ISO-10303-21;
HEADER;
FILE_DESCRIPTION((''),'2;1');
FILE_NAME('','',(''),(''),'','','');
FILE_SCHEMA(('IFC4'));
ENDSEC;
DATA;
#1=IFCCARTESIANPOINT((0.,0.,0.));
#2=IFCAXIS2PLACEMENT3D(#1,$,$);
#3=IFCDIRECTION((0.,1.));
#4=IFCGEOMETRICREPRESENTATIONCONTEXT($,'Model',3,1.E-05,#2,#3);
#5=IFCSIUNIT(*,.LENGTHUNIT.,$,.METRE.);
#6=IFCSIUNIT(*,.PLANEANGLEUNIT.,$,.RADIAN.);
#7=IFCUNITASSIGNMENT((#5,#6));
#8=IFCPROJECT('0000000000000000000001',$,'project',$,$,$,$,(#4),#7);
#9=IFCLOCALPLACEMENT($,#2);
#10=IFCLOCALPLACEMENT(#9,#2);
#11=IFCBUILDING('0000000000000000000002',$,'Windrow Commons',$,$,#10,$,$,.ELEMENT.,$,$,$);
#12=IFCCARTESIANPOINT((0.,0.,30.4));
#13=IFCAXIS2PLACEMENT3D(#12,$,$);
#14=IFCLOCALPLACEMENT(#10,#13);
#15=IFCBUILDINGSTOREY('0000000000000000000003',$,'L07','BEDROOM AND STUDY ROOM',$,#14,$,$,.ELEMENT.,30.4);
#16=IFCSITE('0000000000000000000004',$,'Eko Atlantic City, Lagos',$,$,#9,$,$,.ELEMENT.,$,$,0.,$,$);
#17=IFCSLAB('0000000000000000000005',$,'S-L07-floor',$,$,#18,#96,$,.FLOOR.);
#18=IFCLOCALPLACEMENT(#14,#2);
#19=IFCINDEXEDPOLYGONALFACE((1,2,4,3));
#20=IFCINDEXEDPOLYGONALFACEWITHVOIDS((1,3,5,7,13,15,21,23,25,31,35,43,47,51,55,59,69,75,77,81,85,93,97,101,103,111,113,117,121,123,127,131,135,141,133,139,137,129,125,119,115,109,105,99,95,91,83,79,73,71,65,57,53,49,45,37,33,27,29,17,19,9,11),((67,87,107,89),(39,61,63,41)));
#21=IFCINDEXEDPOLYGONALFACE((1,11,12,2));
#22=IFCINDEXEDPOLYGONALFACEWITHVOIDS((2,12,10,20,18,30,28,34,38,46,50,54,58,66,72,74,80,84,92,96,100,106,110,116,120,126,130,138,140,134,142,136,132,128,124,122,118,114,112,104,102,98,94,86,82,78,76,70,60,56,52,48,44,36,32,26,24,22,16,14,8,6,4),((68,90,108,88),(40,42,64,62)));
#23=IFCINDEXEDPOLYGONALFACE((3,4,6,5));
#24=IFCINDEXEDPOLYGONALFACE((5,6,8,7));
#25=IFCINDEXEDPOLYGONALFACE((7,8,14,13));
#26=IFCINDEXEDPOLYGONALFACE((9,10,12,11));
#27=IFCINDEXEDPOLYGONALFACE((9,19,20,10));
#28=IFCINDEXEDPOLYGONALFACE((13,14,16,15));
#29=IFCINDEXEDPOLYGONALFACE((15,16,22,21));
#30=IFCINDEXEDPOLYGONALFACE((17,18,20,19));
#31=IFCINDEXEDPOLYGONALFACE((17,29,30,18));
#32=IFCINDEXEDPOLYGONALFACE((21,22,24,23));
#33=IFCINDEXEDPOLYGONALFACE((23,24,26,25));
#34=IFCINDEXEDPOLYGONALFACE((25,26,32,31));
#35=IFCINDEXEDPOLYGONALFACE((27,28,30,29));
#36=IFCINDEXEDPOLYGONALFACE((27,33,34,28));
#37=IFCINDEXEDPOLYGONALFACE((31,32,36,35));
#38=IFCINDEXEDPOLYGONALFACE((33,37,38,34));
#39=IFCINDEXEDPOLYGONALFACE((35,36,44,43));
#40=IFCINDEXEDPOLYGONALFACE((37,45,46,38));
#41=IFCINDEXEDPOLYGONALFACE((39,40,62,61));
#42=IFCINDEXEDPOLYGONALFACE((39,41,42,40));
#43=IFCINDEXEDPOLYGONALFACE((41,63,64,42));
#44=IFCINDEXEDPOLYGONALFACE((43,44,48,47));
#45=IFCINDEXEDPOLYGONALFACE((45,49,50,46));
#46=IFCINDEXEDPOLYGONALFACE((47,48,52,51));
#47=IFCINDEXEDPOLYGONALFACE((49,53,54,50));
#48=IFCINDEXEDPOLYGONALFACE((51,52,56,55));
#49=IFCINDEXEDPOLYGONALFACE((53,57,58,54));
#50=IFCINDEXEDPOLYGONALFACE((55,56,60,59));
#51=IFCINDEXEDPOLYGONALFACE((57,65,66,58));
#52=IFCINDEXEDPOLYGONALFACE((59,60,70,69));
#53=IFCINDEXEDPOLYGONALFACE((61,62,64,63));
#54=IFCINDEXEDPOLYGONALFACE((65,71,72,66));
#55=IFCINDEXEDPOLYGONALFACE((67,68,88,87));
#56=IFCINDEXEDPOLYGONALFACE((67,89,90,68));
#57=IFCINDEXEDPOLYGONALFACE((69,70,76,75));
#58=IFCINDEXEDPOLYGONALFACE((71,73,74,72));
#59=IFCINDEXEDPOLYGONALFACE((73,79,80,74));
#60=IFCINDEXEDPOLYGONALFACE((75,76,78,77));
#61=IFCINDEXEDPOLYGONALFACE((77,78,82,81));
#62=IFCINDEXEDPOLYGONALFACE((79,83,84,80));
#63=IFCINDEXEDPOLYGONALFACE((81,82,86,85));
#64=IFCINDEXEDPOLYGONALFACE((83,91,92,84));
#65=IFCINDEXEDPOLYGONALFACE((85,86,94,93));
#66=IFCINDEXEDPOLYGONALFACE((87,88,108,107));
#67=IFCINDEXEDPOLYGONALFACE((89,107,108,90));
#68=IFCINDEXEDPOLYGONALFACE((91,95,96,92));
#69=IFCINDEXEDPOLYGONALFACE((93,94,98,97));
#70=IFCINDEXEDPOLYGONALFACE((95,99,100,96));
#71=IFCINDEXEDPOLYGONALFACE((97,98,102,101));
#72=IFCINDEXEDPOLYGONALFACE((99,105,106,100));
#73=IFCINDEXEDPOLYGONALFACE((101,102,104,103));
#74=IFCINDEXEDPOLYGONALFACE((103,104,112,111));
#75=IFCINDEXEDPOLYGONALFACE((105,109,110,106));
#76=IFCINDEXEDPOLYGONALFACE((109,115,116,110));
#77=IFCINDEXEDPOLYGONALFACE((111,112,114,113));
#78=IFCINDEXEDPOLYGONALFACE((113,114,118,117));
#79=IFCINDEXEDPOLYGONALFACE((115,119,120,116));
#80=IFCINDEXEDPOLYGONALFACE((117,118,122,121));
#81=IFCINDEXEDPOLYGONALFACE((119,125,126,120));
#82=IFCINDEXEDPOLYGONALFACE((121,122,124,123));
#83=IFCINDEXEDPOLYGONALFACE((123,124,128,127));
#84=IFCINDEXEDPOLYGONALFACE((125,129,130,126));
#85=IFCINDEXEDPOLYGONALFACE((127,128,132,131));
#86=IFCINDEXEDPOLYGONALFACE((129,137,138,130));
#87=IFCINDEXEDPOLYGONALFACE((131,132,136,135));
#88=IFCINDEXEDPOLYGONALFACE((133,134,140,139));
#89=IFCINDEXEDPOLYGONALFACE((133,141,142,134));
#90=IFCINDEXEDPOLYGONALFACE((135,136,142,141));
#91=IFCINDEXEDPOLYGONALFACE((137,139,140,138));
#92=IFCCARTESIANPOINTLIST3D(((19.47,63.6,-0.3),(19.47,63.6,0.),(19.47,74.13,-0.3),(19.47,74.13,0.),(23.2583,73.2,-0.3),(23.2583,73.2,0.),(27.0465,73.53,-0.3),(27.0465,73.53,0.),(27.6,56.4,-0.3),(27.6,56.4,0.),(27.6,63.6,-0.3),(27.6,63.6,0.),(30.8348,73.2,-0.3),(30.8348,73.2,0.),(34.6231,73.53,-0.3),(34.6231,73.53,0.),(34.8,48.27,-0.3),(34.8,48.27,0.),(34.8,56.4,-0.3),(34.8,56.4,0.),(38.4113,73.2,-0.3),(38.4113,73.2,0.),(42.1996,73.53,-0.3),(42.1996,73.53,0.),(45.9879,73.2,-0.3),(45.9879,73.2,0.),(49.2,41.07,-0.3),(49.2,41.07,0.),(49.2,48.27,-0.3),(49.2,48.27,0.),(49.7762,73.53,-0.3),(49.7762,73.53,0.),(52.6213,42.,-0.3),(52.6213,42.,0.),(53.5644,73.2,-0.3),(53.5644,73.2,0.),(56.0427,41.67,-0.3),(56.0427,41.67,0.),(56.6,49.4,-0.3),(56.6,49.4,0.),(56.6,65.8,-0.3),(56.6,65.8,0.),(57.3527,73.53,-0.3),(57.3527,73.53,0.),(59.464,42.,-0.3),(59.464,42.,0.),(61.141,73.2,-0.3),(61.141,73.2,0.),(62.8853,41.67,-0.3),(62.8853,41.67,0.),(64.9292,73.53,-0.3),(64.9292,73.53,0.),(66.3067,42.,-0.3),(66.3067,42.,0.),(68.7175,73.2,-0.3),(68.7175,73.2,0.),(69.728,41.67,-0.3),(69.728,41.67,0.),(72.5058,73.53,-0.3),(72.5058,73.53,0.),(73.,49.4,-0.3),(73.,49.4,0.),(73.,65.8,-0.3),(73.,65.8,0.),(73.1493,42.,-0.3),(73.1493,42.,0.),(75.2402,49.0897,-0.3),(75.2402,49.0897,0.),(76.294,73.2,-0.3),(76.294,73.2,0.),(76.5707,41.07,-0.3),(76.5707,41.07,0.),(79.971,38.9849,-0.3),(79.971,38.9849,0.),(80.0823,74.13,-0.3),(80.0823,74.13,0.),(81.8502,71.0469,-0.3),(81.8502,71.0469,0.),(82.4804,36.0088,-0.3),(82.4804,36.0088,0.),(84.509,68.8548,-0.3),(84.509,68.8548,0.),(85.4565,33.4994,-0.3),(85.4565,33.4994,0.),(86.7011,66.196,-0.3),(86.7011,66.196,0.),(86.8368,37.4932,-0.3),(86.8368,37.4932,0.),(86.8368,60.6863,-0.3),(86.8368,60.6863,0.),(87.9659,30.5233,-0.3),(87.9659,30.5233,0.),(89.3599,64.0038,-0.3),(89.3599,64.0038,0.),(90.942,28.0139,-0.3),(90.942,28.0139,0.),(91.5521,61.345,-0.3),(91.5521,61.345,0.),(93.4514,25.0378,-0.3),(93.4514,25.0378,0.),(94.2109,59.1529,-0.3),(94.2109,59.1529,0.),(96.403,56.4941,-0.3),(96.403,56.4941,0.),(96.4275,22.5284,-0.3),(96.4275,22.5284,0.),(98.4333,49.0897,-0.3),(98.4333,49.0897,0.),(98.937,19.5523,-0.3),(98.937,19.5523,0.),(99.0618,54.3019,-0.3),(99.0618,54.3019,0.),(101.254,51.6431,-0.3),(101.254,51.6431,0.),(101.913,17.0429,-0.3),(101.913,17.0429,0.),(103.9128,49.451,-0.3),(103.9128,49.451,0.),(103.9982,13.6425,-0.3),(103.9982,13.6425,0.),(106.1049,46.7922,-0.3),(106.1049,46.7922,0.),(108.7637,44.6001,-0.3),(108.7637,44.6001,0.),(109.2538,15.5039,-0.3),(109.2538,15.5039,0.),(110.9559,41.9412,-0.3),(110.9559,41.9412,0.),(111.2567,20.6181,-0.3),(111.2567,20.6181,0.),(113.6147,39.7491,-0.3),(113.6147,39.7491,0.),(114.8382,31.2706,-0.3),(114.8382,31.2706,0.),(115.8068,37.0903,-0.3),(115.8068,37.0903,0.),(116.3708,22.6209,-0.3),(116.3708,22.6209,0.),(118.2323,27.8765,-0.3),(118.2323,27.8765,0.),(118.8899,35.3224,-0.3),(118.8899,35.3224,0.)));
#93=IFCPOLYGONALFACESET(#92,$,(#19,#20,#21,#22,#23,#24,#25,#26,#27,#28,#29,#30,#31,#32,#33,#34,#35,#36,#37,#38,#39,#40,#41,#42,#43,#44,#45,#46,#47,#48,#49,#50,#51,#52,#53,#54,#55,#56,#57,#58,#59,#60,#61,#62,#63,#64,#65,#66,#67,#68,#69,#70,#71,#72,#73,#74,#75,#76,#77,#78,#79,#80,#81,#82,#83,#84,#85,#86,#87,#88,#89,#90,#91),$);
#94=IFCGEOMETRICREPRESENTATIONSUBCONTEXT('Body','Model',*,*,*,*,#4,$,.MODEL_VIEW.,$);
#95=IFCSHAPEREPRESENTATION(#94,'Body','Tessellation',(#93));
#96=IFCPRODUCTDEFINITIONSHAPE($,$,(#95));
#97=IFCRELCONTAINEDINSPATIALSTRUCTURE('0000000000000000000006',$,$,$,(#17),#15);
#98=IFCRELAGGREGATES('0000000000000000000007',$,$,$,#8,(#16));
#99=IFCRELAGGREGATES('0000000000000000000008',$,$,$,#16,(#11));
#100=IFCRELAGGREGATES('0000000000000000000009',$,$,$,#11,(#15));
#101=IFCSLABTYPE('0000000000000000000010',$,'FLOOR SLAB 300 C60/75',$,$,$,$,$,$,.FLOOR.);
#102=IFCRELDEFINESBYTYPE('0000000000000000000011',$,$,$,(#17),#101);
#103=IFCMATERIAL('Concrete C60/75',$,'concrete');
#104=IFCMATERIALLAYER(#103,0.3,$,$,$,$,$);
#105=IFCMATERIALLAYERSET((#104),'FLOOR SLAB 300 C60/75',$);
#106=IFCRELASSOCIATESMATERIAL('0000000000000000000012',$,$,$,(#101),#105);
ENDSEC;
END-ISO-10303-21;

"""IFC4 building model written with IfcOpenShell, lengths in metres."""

from ifc_helpers import new_model, si_unit, direction, frame, origin, place, context, subcontext, project, spatial, polyline, outline, extrude, material, layer, layer_set, type_object, element, save


model = new_model("IFC4")

# Units and contexts
model_context = context("Model", 3, precision=1e-05, world=origin(), true_north=direction((0.0, 1.0)))
body_context = subcontext(model_context, "Body", "Model", "MODEL_VIEW")
ifc_project = project(units=[si_unit("LENGTHUNIT", "METRE"), si_unit("PLANEANGLEUNIT", "RADIAN")], contexts=[model_context])

# Site, building, storey
site_placement = place(None, origin())
site = spatial("IfcSite", under=ifc_project, at=site_placement, Name="Eko Atlantic City, Lagos", CompositionType="ELEMENT", RefElevation=0.0)
building_placement = place(site_placement, origin())
building = spatial("IfcBuilding", under=site, at=building_placement, Name="Windrow Commons", CompositionType="ELEMENT")
storey_placement = place(building_placement, frame((0.0, 0.0, 30.4)))
storey = spatial("IfcBuildingStorey", under=building, at=storey_placement, Name="L07", Description="BEDROOM AND STUDY ROOM", CompositionType="ELEMENT", Elevation=30.4)

# Shared definitions
placement_1 = place(storey_placement, frame((0.0, 0.0, -0.3)))

# Slab, openings
ifc_material_1 = material(Name="Concrete C60/75", Category="concrete")
ifc_layer_1 = layer(ifc_material_1, 0.3)
ifc_layer_set_1 = layer_set([ifc_layer_1], Name="FLOOR SLAB 300 C60/75")
slab_type_1 = type_object("IfcSlabType", Name="FLOOR SLAB 300 C60/75", PredefinedType="FLOOR", material=ifc_layer_set_1)
slab_1 = element("IfcSlab", 1, at=placement_1, inside=storey, type_object=slab_type_1, Name="S-L07-floor", PredefinedType="FLOOR", context=body_context, shape_type="SweptSolid", body=[
    extrude(outline(polyline([(101.913, 17.0429), (103.9982, 13.6425), (109.2538, 15.5039), (111.2567, 20.6181), (116.3708, 22.6209), (118.2323, 27.8765), (114.8382, 31.2706), (118.8899, 35.3224), (115.8068, 37.0903), (113.6147, 39.7491), (110.9559, 41.9412), (108.7637, 44.6001), (106.1049, 46.7922), (103.9128, 49.451), (101.254, 51.6431), (99.0618, 54.3019), (96.403, 56.4941), (94.2109, 59.1529), (91.5521, 61.345), (89.3599, 64.0038), (86.7011, 66.196), (84.509, 68.8548), (81.8502, 71.0469), (80.0823, 74.13), (76.294, 73.2), (72.5058, 73.53), (68.7175, 73.2), (64.9292, 73.53), (61.141, 73.2), (57.3527, 73.53), (53.5644, 73.2), (49.7762, 73.53), (45.9879, 73.2), (42.1996, 73.53), (38.4113, 73.2), (34.6231, 73.53), (30.8348, 73.2), (27.0465, 73.53), (23.2583, 73.2), (19.47, 74.13), (19.47, 63.6), (27.6, 63.6), (27.6, 56.4), (34.8, 56.4), (34.8, 48.27), (49.2, 48.27), (49.2, 41.07), (52.6213, 42.0), (56.0427, 41.67), (59.464, 42.0), (62.8853, 41.67), (66.3067, 42.0), (69.728, 41.67), (73.1493, 42.0), (76.5707, 41.07), (79.971, 38.9849), (82.4804, 36.0088), (85.4565, 33.4994), (87.9659, 30.5233), (90.942, 28.0139), (93.4514, 25.0378), (96.4275, 22.5284), (98.937, 19.5523), (101.913, 17.0429)]), holes=[polyline([(75.2402, 49.0897), (86.8368, 60.6863), (98.4333, 49.0897), (86.8368, 37.4932), (75.2402, 49.0897)]), polyline([(56.6, 49.4), (56.6, 65.8), (73.0, 65.8), (73.0, 49.4), (56.6, 49.4)])]), origin(), (0.0, 0.0, 1.0), 0.3),
])
opening_1_placement = place(placement_1, origin())
element("IfcOpeningElement", 2, at=opening_1_placement, cuts=slab_1, PredefinedType="OPENING", context=body_context, shape_type="SweptSolid", body=[
    extrude(outline(polyline([(75.2473, 49.0897), (86.8368, 60.6792), (98.4262, 49.0897), (86.8368, 37.5003), (75.2473, 49.0897)])), origin(), (0.0, 0.0, 1.0), 0.3),
])
opening_2_placement = place(placement_1, origin())
element("IfcOpeningElement", 3, at=opening_2_placement, cuts=slab_1, PredefinedType="OPENING", context=body_context, shape_type="SweptSolid", body=[
    extrude(outline(polyline([(56.605, 49.405), (56.605, 65.795), (72.995, 65.795), (72.995, 49.405), (56.605, 49.405)])), origin(), (0.0, 0.0, 1.0), 0.3),
])

save(model, "model.ifc")
